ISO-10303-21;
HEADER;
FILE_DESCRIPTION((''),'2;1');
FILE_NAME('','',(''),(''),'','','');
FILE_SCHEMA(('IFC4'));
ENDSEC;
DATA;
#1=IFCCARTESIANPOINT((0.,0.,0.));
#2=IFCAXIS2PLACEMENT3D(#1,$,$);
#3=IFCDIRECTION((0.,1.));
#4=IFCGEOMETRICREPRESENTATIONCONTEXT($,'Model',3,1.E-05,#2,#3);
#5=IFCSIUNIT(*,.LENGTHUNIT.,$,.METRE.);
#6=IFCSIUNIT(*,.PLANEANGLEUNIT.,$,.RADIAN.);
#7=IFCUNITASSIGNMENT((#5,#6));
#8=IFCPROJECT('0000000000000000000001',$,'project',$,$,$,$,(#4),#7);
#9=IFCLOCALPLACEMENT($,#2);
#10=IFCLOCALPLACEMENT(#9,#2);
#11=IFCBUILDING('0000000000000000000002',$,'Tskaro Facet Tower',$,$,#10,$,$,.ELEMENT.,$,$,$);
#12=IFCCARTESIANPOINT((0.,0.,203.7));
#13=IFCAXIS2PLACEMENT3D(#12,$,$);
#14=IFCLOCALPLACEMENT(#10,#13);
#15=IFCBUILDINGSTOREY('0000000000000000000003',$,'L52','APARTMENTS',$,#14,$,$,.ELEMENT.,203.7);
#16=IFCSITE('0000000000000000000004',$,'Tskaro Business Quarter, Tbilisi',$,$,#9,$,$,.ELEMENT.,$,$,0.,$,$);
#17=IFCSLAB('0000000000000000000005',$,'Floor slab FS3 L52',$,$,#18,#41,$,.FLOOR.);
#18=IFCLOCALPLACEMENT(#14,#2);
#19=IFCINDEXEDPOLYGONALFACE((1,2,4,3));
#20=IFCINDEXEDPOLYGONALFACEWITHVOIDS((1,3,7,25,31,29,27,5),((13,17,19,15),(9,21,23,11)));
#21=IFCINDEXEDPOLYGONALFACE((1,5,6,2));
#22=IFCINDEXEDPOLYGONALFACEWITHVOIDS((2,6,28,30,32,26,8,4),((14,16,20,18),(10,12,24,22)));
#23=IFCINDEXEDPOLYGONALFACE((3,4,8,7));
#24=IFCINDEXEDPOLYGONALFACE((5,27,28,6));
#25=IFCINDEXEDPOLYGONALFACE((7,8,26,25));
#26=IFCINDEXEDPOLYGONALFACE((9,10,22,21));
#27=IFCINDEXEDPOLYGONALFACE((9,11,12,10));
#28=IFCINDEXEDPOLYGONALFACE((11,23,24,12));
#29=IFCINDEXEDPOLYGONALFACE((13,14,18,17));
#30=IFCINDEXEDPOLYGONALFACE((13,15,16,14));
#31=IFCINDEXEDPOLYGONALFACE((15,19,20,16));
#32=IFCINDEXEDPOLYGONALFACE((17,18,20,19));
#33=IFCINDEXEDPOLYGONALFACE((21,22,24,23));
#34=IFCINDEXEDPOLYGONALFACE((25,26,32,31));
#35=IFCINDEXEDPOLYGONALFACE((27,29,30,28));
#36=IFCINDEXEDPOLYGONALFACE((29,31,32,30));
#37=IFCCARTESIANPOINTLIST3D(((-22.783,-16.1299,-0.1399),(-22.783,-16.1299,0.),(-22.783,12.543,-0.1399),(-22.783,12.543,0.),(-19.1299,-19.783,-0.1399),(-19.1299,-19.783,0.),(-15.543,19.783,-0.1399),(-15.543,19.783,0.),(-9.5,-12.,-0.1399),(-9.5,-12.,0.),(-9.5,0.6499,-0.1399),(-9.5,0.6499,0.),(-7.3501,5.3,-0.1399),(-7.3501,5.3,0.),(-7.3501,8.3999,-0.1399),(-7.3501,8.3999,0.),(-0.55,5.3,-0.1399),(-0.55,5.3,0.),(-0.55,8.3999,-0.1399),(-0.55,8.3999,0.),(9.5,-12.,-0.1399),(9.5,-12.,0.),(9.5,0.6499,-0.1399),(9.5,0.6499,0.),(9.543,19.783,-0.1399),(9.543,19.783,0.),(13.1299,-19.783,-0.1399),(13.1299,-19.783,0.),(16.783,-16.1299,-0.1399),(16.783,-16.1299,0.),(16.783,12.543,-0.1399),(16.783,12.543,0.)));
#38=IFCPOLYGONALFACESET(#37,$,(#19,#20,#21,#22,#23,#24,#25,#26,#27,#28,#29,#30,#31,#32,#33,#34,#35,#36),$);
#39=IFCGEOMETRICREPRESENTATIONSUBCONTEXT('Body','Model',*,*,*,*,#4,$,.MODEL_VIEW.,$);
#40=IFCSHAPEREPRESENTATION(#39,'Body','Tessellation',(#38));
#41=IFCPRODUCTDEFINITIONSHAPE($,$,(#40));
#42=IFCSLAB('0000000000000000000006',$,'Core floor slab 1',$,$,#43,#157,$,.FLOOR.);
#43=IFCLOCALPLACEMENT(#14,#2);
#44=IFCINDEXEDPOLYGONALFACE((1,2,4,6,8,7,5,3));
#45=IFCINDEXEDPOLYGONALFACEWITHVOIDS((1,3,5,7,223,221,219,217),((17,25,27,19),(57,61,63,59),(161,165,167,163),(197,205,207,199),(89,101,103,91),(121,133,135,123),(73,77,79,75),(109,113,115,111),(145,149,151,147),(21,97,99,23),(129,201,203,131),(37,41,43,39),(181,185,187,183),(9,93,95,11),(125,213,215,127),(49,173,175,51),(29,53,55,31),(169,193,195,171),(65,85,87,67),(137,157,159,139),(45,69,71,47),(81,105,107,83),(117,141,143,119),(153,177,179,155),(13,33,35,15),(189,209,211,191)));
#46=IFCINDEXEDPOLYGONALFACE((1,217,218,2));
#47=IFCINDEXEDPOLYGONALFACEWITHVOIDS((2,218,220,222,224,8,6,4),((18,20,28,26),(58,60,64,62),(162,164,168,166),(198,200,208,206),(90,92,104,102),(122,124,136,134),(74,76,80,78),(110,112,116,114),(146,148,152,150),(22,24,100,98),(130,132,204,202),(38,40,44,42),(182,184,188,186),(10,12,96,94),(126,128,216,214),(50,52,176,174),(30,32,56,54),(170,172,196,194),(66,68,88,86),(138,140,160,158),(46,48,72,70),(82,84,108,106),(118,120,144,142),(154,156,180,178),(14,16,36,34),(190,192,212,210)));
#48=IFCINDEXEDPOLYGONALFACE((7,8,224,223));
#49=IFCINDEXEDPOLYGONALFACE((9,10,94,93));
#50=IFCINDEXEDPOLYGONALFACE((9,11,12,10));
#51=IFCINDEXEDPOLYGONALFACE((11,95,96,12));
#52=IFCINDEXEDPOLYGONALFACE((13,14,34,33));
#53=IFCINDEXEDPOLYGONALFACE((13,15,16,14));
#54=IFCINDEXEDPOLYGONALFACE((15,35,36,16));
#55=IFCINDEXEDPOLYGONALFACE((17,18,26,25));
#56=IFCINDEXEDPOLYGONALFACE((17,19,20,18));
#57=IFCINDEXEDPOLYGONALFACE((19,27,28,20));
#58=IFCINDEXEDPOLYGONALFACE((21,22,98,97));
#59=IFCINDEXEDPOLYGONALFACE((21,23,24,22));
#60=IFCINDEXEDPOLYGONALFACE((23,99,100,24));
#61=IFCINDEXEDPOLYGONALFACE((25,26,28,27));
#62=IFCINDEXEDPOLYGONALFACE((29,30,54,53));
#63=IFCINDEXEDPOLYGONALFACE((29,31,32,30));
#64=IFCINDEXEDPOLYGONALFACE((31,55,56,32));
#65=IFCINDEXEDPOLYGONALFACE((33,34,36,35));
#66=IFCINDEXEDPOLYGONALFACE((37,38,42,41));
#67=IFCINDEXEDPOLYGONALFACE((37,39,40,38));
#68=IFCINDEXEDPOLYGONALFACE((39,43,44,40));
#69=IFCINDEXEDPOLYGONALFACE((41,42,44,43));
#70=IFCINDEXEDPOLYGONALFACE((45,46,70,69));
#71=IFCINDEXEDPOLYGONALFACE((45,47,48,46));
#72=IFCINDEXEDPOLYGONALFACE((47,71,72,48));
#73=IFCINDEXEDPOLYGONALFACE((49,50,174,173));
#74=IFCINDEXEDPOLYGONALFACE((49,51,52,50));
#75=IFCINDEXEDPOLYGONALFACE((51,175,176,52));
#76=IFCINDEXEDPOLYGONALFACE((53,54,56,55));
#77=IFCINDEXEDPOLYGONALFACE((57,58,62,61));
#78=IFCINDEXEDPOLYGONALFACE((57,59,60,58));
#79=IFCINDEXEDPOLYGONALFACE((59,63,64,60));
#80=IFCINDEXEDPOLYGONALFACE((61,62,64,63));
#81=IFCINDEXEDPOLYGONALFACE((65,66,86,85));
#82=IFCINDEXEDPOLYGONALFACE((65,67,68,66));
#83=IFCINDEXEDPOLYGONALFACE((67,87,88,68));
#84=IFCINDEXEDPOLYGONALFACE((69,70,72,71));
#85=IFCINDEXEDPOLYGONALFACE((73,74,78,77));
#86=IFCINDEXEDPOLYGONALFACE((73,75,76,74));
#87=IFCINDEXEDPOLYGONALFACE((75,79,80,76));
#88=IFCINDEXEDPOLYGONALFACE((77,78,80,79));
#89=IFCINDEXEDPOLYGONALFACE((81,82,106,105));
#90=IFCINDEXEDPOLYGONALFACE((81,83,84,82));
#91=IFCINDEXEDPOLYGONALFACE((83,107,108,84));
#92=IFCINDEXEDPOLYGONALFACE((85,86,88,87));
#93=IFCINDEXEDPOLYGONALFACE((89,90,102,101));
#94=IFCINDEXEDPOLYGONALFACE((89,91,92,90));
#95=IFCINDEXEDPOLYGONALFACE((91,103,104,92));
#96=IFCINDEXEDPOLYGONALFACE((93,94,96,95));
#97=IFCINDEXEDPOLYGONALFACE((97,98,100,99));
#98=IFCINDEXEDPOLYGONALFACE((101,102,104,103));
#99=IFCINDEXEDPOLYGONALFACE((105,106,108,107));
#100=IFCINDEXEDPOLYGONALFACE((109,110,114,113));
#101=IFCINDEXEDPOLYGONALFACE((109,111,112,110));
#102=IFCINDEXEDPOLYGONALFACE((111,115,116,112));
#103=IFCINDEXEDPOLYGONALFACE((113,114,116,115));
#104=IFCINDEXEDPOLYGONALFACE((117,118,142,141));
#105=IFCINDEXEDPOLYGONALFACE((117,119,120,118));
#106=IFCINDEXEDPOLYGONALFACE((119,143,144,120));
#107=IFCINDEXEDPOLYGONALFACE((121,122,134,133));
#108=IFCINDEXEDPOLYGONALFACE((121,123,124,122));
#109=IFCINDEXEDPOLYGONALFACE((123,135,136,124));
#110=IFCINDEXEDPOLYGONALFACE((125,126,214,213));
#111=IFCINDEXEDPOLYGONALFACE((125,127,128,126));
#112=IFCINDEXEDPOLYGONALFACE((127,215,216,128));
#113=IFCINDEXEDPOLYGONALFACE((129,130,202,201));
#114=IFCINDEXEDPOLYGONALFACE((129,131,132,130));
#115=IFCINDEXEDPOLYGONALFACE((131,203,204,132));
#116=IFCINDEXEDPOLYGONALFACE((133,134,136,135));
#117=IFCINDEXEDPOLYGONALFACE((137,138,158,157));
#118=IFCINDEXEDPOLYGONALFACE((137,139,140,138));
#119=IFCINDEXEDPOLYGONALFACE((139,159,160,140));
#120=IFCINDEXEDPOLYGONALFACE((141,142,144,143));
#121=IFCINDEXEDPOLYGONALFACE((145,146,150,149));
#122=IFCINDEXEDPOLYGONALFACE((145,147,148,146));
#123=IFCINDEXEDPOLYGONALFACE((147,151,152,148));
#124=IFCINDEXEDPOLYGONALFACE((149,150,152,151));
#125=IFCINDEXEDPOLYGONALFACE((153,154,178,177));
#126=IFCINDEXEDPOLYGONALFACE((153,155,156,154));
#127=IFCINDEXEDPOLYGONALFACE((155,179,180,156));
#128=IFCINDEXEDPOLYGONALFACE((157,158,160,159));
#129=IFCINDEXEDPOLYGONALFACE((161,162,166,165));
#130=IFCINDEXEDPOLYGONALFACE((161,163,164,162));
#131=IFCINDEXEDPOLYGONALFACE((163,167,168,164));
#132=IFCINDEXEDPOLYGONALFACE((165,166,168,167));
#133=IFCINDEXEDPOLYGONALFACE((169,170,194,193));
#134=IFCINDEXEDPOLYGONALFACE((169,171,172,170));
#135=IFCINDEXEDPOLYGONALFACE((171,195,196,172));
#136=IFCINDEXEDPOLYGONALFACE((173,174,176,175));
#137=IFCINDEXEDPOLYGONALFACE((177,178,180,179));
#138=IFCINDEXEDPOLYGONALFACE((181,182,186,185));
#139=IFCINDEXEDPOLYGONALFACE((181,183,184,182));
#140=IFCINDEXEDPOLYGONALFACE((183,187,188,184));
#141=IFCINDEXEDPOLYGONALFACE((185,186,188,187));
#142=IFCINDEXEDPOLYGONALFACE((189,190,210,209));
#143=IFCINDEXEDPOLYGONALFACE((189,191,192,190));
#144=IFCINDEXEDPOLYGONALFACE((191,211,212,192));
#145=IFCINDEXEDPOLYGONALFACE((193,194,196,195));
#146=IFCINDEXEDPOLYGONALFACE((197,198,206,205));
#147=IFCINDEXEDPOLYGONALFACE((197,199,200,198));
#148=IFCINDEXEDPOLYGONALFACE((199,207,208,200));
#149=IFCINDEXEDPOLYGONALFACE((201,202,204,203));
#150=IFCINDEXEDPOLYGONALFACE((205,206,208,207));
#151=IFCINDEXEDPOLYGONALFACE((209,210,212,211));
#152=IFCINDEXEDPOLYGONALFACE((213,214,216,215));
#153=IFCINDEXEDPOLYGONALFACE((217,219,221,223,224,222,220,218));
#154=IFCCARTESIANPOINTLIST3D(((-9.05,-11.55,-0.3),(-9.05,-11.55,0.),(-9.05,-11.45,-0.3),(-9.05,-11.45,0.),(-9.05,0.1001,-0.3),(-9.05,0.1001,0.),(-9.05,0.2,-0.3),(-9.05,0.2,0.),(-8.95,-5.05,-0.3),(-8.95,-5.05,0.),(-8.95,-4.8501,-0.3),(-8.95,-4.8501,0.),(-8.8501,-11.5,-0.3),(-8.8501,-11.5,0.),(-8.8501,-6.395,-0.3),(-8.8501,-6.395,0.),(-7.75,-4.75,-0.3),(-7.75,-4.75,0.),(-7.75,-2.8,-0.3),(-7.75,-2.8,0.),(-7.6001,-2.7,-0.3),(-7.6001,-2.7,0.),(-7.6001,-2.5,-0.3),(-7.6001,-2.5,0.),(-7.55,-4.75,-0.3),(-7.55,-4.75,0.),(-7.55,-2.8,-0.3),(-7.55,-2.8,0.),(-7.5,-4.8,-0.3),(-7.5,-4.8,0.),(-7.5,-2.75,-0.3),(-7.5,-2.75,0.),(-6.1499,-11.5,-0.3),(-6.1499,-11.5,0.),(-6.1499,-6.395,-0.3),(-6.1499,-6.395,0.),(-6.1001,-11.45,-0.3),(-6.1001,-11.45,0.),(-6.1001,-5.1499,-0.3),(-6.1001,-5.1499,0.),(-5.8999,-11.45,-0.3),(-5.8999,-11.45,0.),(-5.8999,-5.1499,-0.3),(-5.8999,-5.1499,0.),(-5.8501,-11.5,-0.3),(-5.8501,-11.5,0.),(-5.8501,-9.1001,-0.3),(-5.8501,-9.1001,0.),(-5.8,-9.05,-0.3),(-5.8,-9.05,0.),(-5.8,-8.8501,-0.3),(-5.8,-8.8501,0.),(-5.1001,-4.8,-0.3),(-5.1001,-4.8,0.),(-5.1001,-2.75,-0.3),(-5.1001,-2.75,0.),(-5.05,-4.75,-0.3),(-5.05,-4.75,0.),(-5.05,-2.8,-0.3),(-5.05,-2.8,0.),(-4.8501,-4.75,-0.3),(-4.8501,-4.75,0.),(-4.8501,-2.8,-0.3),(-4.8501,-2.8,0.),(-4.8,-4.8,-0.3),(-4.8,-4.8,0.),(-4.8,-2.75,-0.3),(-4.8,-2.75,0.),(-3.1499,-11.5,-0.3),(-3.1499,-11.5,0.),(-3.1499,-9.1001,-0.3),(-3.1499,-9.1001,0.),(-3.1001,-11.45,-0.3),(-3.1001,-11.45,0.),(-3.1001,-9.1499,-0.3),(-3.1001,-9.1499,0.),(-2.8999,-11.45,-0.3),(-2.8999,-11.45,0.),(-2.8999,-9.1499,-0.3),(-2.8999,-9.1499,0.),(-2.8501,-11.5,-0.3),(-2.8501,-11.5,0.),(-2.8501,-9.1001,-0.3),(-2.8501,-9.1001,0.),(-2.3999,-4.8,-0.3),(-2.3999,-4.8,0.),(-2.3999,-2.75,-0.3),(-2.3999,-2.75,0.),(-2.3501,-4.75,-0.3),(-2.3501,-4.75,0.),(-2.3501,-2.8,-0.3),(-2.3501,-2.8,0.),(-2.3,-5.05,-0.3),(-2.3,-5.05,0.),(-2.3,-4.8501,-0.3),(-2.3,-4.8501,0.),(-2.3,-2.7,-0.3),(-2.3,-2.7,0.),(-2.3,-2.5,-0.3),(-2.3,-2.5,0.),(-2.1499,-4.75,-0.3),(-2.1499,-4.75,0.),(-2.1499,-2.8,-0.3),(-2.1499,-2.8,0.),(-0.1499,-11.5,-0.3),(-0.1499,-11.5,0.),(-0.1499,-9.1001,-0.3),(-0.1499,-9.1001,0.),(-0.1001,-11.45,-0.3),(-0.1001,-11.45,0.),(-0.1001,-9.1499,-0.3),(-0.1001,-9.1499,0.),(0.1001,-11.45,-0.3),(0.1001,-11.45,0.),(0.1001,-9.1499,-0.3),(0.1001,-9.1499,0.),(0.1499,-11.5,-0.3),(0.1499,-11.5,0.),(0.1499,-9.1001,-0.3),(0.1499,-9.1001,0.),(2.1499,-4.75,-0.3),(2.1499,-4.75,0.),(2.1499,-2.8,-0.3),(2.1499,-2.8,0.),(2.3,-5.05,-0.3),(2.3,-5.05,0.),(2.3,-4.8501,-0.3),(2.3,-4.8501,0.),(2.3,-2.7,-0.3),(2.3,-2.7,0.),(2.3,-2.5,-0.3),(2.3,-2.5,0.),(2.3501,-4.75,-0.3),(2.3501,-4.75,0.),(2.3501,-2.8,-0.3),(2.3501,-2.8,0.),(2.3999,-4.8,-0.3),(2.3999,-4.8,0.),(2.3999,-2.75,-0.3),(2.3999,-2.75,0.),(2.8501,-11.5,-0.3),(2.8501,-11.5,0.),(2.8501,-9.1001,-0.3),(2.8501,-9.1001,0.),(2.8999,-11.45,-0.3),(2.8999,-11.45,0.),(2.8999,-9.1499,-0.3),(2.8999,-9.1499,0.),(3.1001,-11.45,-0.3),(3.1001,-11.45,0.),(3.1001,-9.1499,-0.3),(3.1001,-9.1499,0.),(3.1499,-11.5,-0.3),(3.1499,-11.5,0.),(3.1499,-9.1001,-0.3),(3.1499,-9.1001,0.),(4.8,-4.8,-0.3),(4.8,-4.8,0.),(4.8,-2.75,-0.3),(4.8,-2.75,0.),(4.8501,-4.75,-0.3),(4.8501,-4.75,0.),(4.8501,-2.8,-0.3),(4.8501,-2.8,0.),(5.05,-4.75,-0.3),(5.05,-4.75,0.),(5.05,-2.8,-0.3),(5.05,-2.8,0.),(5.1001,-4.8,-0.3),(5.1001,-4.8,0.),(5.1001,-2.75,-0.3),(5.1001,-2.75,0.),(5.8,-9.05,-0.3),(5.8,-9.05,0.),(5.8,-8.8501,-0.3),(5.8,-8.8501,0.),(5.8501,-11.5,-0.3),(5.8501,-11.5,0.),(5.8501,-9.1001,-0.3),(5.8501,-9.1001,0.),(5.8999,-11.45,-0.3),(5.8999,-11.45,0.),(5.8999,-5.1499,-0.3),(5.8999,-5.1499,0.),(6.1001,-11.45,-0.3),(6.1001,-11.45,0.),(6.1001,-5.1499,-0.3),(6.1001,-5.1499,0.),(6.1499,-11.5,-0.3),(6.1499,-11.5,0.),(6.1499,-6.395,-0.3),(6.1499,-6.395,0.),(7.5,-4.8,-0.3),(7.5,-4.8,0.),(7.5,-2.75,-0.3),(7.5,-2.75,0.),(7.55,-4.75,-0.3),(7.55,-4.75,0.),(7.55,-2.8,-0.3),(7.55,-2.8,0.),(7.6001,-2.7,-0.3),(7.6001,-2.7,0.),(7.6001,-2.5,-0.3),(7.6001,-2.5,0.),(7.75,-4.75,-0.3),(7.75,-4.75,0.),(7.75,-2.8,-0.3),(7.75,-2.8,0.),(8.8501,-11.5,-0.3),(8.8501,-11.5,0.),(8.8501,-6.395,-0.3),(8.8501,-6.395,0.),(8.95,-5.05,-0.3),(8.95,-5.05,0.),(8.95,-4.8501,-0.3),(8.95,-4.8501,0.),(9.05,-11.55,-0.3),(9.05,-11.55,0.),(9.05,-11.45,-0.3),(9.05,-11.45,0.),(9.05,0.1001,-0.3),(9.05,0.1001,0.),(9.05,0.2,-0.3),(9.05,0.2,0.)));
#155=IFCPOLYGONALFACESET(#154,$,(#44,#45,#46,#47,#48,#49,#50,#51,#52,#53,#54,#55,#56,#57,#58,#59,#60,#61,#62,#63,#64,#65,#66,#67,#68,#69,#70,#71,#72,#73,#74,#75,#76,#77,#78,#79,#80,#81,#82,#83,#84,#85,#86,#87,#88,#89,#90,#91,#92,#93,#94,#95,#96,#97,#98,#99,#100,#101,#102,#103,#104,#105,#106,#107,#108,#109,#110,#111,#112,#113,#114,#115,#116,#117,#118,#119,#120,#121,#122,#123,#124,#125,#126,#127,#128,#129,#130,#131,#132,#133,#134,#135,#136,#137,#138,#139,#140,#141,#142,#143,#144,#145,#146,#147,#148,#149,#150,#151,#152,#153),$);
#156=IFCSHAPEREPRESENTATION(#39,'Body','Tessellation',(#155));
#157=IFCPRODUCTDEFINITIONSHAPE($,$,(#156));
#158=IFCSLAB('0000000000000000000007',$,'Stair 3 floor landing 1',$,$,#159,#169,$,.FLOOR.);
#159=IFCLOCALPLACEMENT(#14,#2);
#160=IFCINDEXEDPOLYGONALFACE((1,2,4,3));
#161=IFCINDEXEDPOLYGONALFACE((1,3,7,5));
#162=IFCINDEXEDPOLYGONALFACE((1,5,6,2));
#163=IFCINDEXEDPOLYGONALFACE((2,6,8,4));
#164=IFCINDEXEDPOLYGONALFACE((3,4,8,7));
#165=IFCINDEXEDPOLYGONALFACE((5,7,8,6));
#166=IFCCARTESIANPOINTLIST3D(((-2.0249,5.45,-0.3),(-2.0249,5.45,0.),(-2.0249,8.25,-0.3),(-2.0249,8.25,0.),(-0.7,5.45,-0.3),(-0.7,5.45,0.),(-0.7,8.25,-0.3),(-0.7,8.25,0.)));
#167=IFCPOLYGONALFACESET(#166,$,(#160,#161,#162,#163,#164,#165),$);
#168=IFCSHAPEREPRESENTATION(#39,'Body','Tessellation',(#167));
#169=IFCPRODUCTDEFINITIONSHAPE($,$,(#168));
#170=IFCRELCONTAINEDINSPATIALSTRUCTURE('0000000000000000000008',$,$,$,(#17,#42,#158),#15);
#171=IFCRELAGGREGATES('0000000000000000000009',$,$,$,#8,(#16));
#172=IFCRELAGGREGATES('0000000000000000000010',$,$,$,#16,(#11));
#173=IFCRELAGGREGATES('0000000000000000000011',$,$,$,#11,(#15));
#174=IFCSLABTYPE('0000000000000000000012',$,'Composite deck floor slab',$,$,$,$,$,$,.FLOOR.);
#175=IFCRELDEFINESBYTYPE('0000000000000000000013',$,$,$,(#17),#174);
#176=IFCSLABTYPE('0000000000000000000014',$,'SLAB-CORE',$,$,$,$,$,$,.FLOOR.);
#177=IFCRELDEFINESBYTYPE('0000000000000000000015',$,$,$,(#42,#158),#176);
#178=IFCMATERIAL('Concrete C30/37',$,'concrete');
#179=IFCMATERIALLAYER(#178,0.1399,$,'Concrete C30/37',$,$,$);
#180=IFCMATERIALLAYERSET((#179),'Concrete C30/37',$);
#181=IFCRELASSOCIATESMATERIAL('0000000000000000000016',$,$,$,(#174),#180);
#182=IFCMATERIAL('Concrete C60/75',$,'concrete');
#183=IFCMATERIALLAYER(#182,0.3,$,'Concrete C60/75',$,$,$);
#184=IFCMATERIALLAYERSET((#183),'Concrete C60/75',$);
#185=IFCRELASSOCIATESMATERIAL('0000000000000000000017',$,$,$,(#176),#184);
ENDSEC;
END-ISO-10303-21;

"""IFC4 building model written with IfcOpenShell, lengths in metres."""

from ifc_helpers import new_model, si_unit, direction, frame, origin, place, context, subcontext, project, spatial, polyline, outline, extrude, material, layer, layer_set, type_object, element, save


model = new_model("IFC4")

# Units and contexts
model_context = context("Model", 3, precision=1e-05, world=origin(), true_north=direction((0.0, 1.0)))
body_context = subcontext(model_context, "Body", "Model", "MODEL_VIEW")
ifc_project = project(units=[si_unit("LENGTHUNIT", "METRE"), si_unit("PLANEANGLEUNIT", "RADIAN")], contexts=[model_context])

# Site, building, storey
site_placement = place(None, origin())
site = spatial("IfcSite", under=ifc_project, at=site_placement, Name="Tskaro Business Quarter, Tbilisi", CompositionType="ELEMENT", RefElevation=0.0)
building_placement = place(site_placement, origin())
building = spatial("IfcBuilding", under=site, at=building_placement, Name="Tskaro Facet Tower", CompositionType="ELEMENT")
storey_placement = place(building_placement, frame((0.0, 0.0, 203.7)))
storey = spatial("IfcBuildingStorey", under=building, at=storey_placement, Name="L52", Description="APARTMENTS", CompositionType="ELEMENT", Elevation=203.7)

# Slabs
ifc_material_1 = material(Name="Concrete C30/37", Category="concrete")
ifc_layer_1 = layer(ifc_material_1, 0.1399, Name="Concrete C30/37")
ifc_layer_set_1 = layer_set([ifc_layer_1], Name="Concrete C30/37")
slab_type_1 = type_object("IfcSlabType", Name="Composite deck floor slab", PredefinedType="FLOOR", material=ifc_layer_set_1)
slab_1_placement = place(storey_placement, frame((0.0, 0.0, -0.1399)))
element("IfcSlab", 1, at=slab_1_placement, inside=storey, type_object=slab_type_1, Name="Floor slab FS3 L52", PredefinedType="FLOOR", context=body_context, shape_type="SweptSolid", body=[
    extrude(outline(polyline([(-19.1299, -19.783), (13.1299, -19.783), (16.783, -16.1299), (16.783, 12.543), (9.543, 19.783), (-15.543, 19.783), (-22.783, 12.543), (-22.783, -16.1299), (-19.1299, -19.783)]), holes=[polyline([(-9.5, -12.0), (9.5, -12.0), (9.5, 0.6499), (-9.5, 0.6499), (-9.5, -12.0)]), polyline([(-7.3501, 5.3), (-0.55, 5.3), (-0.55, 8.3999), (-7.3501, 8.3999), (-7.3501, 5.3)])]), origin(), (0.0, 0.0, 1.0), 0.1399),
])
ifc_material_2 = material(Name="Concrete C60/75", Category="concrete")
ifc_layer_2 = layer(ifc_material_2, 0.3, Name="Concrete C60/75")
ifc_layer_set_2 = layer_set([ifc_layer_2], Name="Concrete C60/75")
slab_type_2 = type_object("IfcSlabType", Name="SLAB-CORE", PredefinedType="FLOOR", material=ifc_layer_set_2)
slab_2_placement = place(storey_placement, frame((0.0, 0.0, -0.3)))
element("IfcSlab", 2, at=slab_2_placement, inside=storey, type_object=slab_type_2, Name="Core floor slab 1", PredefinedType="FLOOR", context=body_context, shape_type="SweptSolid", body=[
    extrude(outline(polyline([(-9.05, 0.2), (9.05, 0.2), (9.05, 0.1001), (9.05, -11.45), (9.05, -11.55), (-9.05, -11.55), (-9.05, -11.45), (-9.05, 0.1001), (-9.05, 0.2)]), holes=[polyline([(-5.8501, -9.1001), (-5.8501, -11.5), (-3.1499, -11.5), (-3.1499, -9.1001), (-5.8501, -9.1001)]), polyline([(-3.1001, -11.45), (-2.8999, -11.45), (-2.8999, -9.1499), (-3.1001, -9.1499), (-3.1001, -11.45)]), polyline([(-2.8501, -9.1001), (-2.8501, -11.5), (-0.1499, -11.5), (-0.1499, -9.1001), (-2.8501, -9.1001)]), polyline([(-6.1001, -11.45), (-5.8999, -11.45), (-5.8999, -5.1499), (-6.1001, -5.1499), (-6.1001, -11.45)]), polyline([(-8.95, -5.05), (-2.3, -5.05), (-2.3, -4.8501), (-8.95, -4.8501), (-8.95, -5.05)]), polyline([(-7.75, -4.75), (-7.55, -4.75), (-7.55, -2.8), (-7.75, -2.8), (-7.75, -4.75)]), polyline([(-7.5, -2.75), (-7.5, -4.8), (-5.1001, -4.8), (-5.1001, -2.75), (-7.5, -2.75)]), polyline([(-5.05, -4.75), (-4.8501, -4.75), (-4.8501, -2.8), (-5.05, -2.8), (-5.05, -4.75)]), polyline([(-4.8, -4.8), (-2.3999, -4.8), (-2.3999, -2.75), (-4.8, -2.75), (-4.8, -4.8)]), polyline([(-2.3501, -4.75), (-2.1499, -4.75), (-2.1499, -2.8), (-2.3501, -2.8), (-2.3501, -4.75)]), polyline([(-7.6001, -2.7), (-2.3, -2.7), (-2.3, -2.5), (-7.6001, -2.5), (-7.6001, -2.7)]), polyline([(-0.1001, -11.45), (0.1001, -11.45), (0.1001, -9.1499), (-0.1001, -9.1499), (-0.1001, -11.45)]), polyline([(0.1499, -9.1001), (0.1499, -11.5), (2.8501, -11.5), (2.8501, -9.1001), (0.1499, -9.1001)]), polyline([(2.8999, -11.45), (3.1001, -11.45), (3.1001, -9.1499), (2.8999, -9.1499), (2.8999, -11.45)]), polyline([(3.1499, -9.1001), (3.1499, -11.5), (5.8501, -11.5), (5.8501, -9.1001), (3.1499, -9.1001)]), polyline([(-5.8, -9.05), (5.8, -9.05), (5.8, -8.8501), (-5.8, -8.8501), (-5.8, -9.05)]), polyline([(5.8999, -11.45), (6.1001, -11.45), (6.1001, -5.1499), (5.8999, -5.1499), (5.8999, -11.45)]), polyline([(2.3, -5.05), (8.95, -5.05), (8.95, -4.8501), (2.3, -4.8501), (2.3, -5.05)]), polyline([(2.1499, -4.75), (2.3501, -4.75), (2.3501, -2.8), (2.1499, -2.8), (2.1499, -4.75)]), polyline([(4.8, -2.75), (2.3999, -2.75), (2.3999, -4.8), (4.8, -4.8), (4.8, -2.75)]), polyline([(4.8501, -4.75), (5.05, -4.75), (5.05, -2.8), (4.8501, -2.8), (4.8501, -4.75)]), polyline([(5.1001, -4.8), (7.5, -4.8), (7.5, -2.75), (5.1001, -2.75), (5.1001, -4.8)]), polyline([(7.55, -4.75), (7.75, -4.75), (7.75, -2.8), (7.55, -2.8), (7.55, -4.75)]), polyline([(2.3, -2.7), (7.6001, -2.7), (7.6001, -2.5), (2.3, -2.5), (2.3, -2.7)]), polyline([(-8.8501, -11.5), (-6.1499, -11.5), (-6.1499, -6.395), (-8.8501, -6.395), (-8.8501, -11.5)]), polyline([(6.1499, -6.395), (6.1499, -11.5), (8.8501, -11.5), (8.8501, -6.395), (6.1499, -6.395)])]), origin(), (0.0, 0.0, 1.0), 0.3),
])
slab_3_placement = place(storey_placement, frame((0.0, 0.0, -0.3)))
element("IfcSlab", 3, at=slab_3_placement, inside=storey, type_object=slab_type_2, Name="Stair 3 floor landing 1", PredefinedType="FLOOR", context=body_context, shape_type="SweptSolid", body=[
    extrude(outline(polyline([(-2.0249, 5.45), (-0.7, 5.45), (-0.7, 8.25), (-2.0249, 8.25), (-2.0249, 5.45)])), origin(), (0.0, 0.0, 1.0), 0.3),
])

save(model, "model.ifc")
